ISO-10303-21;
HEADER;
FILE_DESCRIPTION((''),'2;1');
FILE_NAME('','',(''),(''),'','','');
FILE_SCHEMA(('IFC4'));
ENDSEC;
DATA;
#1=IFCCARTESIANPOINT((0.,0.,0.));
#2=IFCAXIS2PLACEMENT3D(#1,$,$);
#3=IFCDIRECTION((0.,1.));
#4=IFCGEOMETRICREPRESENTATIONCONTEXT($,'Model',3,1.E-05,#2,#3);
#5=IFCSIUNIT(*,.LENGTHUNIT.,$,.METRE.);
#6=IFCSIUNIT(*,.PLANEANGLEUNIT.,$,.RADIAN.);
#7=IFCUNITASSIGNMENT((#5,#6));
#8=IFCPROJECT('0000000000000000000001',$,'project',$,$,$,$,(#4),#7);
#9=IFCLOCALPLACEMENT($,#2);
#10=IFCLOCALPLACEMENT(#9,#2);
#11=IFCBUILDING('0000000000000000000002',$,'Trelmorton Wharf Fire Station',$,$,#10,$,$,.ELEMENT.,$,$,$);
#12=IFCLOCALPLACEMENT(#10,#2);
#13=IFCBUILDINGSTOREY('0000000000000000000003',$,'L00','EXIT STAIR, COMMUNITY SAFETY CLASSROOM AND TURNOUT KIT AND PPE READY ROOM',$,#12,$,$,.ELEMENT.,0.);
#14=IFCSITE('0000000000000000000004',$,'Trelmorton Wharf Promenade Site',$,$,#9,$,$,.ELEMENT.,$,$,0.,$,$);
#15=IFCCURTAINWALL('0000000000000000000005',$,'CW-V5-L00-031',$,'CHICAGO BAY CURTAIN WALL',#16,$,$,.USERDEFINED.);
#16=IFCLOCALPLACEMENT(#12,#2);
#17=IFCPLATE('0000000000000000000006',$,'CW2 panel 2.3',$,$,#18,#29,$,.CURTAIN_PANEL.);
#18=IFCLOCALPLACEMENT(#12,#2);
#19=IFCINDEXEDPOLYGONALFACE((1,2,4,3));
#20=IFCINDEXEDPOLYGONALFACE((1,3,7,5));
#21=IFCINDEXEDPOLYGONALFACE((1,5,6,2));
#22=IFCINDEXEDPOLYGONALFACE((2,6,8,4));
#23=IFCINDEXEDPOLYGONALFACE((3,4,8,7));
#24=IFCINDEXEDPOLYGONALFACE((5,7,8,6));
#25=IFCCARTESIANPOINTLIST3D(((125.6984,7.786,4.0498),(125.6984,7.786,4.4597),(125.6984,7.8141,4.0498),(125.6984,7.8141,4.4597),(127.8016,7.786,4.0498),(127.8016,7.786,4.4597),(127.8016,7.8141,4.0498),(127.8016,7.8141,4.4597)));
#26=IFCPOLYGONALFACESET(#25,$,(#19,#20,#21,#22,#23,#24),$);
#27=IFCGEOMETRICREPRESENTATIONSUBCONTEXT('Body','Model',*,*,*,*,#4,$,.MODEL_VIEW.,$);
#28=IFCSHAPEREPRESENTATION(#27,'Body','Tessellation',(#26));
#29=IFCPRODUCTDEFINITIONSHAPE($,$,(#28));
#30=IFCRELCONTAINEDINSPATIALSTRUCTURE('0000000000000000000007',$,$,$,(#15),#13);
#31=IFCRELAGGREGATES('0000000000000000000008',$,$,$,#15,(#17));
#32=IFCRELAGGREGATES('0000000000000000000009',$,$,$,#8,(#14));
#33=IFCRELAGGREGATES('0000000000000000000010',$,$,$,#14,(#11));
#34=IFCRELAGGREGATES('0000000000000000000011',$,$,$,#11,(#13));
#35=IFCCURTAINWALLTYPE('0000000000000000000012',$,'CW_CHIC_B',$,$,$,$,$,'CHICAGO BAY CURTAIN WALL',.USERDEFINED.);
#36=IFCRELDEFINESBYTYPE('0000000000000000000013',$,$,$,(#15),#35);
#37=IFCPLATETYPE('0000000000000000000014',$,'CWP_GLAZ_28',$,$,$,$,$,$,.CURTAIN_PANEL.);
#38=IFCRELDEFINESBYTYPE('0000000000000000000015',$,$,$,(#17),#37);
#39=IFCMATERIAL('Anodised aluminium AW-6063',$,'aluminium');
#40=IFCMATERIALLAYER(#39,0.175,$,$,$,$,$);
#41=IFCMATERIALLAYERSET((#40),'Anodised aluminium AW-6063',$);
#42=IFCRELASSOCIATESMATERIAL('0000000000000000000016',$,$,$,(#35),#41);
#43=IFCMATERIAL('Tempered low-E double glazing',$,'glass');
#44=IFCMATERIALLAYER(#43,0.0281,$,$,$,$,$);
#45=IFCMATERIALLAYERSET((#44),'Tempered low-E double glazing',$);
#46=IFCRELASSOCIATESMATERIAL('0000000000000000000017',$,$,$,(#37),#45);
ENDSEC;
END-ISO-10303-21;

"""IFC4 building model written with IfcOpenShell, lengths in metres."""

from ifc_helpers import new_model, si_unit, direction, frame, origin, origin_2d, place, context, subcontext, project, spatial, rectangle, extrude, material, layer, layer_set, type_object, element, aggregate, save


model = new_model("IFC4")

# Units and contexts
model_context = context("Model", 3, precision=1e-05, world=origin(), true_north=direction((0.0, 1.0)))
body_context = subcontext(model_context, "Body", "Model", "MODEL_VIEW")
ifc_project = project(units=[si_unit("LENGTHUNIT", "METRE"), si_unit("PLANEANGLEUNIT", "RADIAN")], contexts=[model_context])

# Site, building, storey
site_placement = place(None, origin())
site = spatial("IfcSite", under=ifc_project, at=site_placement, Name="Trelmorton Wharf Promenade Site", CompositionType="ELEMENT", RefElevation=0.0)
building_placement = place(site_placement, origin())
building = spatial("IfcBuilding", under=site, at=building_placement, Name="Trelmorton Wharf Fire Station", CompositionType="ELEMENT")
storey_placement = place(building_placement, origin())
storey = spatial("IfcBuildingStorey", under=building, at=storey_placement, Name="L00", Description="EXIT STAIR, COMMUNITY SAFETY CLASSROOM AND TURNOUT KIT AND PPE READY ROOM", CompositionType="ELEMENT", Elevation=0.0)

# Curtain wall
ifc_material_1 = material(Name="Anodised aluminium AW-6063", Category="aluminium")
ifc_layer_1 = layer(ifc_material_1, 0.175)
ifc_layer_set_1 = layer_set([ifc_layer_1], Name="Anodised aluminium AW-6063")
curtain_wall_type = type_object("IfcCurtainWallType", Name="CW_CHIC_B", ElementType="CHICAGO BAY CURTAIN WALL", PredefinedType="USERDEFINED", material=ifc_layer_set_1)
curtain_wall_placement = place(storey_placement, origin())
curtain_wall = element("IfcCurtainWall", 1, at=curtain_wall_placement, inside=storey, type_object=curtain_wall_type, Name="CW-V5-L00-031", ObjectType="CHICAGO BAY CURTAIN WALL", PredefinedType="USERDEFINED")

# Plate
ifc_material_2 = material(Name="Tempered low-E double glazing", Category="glass")
ifc_layer_2 = layer(ifc_material_2, 0.0281)
ifc_layer_set_2 = layer_set([ifc_layer_2], Name="Tempered low-E double glazing")
plate_type = type_object("IfcPlateType", Name="CWP_GLAZ_28", PredefinedType="CURTAIN_PANEL", material=ifc_layer_set_2)
plate_1_placement = place(storey_placement, frame((126.75, 7.8, 4.0498), z_axis=(0.0, 0.0, 1.0), x_axis=(-1.0, 0.0, 0.0)))
plate_1 = element("IfcPlate", 2, at=plate_1_placement, type_object=plate_type, Name="CW2 panel 2.3", PredefinedType="CURTAIN_PANEL", context=body_context, shape_type="SweptSolid", body=[
    extrude(rectangle(XDim=2.1033, YDim=0.0281, at=origin_2d()), origin(), (0.0, 0.0, 1.0), 0.4099),
])
aggregate(curtain_wall, [plate_1])

save(model, "model.ifc")
